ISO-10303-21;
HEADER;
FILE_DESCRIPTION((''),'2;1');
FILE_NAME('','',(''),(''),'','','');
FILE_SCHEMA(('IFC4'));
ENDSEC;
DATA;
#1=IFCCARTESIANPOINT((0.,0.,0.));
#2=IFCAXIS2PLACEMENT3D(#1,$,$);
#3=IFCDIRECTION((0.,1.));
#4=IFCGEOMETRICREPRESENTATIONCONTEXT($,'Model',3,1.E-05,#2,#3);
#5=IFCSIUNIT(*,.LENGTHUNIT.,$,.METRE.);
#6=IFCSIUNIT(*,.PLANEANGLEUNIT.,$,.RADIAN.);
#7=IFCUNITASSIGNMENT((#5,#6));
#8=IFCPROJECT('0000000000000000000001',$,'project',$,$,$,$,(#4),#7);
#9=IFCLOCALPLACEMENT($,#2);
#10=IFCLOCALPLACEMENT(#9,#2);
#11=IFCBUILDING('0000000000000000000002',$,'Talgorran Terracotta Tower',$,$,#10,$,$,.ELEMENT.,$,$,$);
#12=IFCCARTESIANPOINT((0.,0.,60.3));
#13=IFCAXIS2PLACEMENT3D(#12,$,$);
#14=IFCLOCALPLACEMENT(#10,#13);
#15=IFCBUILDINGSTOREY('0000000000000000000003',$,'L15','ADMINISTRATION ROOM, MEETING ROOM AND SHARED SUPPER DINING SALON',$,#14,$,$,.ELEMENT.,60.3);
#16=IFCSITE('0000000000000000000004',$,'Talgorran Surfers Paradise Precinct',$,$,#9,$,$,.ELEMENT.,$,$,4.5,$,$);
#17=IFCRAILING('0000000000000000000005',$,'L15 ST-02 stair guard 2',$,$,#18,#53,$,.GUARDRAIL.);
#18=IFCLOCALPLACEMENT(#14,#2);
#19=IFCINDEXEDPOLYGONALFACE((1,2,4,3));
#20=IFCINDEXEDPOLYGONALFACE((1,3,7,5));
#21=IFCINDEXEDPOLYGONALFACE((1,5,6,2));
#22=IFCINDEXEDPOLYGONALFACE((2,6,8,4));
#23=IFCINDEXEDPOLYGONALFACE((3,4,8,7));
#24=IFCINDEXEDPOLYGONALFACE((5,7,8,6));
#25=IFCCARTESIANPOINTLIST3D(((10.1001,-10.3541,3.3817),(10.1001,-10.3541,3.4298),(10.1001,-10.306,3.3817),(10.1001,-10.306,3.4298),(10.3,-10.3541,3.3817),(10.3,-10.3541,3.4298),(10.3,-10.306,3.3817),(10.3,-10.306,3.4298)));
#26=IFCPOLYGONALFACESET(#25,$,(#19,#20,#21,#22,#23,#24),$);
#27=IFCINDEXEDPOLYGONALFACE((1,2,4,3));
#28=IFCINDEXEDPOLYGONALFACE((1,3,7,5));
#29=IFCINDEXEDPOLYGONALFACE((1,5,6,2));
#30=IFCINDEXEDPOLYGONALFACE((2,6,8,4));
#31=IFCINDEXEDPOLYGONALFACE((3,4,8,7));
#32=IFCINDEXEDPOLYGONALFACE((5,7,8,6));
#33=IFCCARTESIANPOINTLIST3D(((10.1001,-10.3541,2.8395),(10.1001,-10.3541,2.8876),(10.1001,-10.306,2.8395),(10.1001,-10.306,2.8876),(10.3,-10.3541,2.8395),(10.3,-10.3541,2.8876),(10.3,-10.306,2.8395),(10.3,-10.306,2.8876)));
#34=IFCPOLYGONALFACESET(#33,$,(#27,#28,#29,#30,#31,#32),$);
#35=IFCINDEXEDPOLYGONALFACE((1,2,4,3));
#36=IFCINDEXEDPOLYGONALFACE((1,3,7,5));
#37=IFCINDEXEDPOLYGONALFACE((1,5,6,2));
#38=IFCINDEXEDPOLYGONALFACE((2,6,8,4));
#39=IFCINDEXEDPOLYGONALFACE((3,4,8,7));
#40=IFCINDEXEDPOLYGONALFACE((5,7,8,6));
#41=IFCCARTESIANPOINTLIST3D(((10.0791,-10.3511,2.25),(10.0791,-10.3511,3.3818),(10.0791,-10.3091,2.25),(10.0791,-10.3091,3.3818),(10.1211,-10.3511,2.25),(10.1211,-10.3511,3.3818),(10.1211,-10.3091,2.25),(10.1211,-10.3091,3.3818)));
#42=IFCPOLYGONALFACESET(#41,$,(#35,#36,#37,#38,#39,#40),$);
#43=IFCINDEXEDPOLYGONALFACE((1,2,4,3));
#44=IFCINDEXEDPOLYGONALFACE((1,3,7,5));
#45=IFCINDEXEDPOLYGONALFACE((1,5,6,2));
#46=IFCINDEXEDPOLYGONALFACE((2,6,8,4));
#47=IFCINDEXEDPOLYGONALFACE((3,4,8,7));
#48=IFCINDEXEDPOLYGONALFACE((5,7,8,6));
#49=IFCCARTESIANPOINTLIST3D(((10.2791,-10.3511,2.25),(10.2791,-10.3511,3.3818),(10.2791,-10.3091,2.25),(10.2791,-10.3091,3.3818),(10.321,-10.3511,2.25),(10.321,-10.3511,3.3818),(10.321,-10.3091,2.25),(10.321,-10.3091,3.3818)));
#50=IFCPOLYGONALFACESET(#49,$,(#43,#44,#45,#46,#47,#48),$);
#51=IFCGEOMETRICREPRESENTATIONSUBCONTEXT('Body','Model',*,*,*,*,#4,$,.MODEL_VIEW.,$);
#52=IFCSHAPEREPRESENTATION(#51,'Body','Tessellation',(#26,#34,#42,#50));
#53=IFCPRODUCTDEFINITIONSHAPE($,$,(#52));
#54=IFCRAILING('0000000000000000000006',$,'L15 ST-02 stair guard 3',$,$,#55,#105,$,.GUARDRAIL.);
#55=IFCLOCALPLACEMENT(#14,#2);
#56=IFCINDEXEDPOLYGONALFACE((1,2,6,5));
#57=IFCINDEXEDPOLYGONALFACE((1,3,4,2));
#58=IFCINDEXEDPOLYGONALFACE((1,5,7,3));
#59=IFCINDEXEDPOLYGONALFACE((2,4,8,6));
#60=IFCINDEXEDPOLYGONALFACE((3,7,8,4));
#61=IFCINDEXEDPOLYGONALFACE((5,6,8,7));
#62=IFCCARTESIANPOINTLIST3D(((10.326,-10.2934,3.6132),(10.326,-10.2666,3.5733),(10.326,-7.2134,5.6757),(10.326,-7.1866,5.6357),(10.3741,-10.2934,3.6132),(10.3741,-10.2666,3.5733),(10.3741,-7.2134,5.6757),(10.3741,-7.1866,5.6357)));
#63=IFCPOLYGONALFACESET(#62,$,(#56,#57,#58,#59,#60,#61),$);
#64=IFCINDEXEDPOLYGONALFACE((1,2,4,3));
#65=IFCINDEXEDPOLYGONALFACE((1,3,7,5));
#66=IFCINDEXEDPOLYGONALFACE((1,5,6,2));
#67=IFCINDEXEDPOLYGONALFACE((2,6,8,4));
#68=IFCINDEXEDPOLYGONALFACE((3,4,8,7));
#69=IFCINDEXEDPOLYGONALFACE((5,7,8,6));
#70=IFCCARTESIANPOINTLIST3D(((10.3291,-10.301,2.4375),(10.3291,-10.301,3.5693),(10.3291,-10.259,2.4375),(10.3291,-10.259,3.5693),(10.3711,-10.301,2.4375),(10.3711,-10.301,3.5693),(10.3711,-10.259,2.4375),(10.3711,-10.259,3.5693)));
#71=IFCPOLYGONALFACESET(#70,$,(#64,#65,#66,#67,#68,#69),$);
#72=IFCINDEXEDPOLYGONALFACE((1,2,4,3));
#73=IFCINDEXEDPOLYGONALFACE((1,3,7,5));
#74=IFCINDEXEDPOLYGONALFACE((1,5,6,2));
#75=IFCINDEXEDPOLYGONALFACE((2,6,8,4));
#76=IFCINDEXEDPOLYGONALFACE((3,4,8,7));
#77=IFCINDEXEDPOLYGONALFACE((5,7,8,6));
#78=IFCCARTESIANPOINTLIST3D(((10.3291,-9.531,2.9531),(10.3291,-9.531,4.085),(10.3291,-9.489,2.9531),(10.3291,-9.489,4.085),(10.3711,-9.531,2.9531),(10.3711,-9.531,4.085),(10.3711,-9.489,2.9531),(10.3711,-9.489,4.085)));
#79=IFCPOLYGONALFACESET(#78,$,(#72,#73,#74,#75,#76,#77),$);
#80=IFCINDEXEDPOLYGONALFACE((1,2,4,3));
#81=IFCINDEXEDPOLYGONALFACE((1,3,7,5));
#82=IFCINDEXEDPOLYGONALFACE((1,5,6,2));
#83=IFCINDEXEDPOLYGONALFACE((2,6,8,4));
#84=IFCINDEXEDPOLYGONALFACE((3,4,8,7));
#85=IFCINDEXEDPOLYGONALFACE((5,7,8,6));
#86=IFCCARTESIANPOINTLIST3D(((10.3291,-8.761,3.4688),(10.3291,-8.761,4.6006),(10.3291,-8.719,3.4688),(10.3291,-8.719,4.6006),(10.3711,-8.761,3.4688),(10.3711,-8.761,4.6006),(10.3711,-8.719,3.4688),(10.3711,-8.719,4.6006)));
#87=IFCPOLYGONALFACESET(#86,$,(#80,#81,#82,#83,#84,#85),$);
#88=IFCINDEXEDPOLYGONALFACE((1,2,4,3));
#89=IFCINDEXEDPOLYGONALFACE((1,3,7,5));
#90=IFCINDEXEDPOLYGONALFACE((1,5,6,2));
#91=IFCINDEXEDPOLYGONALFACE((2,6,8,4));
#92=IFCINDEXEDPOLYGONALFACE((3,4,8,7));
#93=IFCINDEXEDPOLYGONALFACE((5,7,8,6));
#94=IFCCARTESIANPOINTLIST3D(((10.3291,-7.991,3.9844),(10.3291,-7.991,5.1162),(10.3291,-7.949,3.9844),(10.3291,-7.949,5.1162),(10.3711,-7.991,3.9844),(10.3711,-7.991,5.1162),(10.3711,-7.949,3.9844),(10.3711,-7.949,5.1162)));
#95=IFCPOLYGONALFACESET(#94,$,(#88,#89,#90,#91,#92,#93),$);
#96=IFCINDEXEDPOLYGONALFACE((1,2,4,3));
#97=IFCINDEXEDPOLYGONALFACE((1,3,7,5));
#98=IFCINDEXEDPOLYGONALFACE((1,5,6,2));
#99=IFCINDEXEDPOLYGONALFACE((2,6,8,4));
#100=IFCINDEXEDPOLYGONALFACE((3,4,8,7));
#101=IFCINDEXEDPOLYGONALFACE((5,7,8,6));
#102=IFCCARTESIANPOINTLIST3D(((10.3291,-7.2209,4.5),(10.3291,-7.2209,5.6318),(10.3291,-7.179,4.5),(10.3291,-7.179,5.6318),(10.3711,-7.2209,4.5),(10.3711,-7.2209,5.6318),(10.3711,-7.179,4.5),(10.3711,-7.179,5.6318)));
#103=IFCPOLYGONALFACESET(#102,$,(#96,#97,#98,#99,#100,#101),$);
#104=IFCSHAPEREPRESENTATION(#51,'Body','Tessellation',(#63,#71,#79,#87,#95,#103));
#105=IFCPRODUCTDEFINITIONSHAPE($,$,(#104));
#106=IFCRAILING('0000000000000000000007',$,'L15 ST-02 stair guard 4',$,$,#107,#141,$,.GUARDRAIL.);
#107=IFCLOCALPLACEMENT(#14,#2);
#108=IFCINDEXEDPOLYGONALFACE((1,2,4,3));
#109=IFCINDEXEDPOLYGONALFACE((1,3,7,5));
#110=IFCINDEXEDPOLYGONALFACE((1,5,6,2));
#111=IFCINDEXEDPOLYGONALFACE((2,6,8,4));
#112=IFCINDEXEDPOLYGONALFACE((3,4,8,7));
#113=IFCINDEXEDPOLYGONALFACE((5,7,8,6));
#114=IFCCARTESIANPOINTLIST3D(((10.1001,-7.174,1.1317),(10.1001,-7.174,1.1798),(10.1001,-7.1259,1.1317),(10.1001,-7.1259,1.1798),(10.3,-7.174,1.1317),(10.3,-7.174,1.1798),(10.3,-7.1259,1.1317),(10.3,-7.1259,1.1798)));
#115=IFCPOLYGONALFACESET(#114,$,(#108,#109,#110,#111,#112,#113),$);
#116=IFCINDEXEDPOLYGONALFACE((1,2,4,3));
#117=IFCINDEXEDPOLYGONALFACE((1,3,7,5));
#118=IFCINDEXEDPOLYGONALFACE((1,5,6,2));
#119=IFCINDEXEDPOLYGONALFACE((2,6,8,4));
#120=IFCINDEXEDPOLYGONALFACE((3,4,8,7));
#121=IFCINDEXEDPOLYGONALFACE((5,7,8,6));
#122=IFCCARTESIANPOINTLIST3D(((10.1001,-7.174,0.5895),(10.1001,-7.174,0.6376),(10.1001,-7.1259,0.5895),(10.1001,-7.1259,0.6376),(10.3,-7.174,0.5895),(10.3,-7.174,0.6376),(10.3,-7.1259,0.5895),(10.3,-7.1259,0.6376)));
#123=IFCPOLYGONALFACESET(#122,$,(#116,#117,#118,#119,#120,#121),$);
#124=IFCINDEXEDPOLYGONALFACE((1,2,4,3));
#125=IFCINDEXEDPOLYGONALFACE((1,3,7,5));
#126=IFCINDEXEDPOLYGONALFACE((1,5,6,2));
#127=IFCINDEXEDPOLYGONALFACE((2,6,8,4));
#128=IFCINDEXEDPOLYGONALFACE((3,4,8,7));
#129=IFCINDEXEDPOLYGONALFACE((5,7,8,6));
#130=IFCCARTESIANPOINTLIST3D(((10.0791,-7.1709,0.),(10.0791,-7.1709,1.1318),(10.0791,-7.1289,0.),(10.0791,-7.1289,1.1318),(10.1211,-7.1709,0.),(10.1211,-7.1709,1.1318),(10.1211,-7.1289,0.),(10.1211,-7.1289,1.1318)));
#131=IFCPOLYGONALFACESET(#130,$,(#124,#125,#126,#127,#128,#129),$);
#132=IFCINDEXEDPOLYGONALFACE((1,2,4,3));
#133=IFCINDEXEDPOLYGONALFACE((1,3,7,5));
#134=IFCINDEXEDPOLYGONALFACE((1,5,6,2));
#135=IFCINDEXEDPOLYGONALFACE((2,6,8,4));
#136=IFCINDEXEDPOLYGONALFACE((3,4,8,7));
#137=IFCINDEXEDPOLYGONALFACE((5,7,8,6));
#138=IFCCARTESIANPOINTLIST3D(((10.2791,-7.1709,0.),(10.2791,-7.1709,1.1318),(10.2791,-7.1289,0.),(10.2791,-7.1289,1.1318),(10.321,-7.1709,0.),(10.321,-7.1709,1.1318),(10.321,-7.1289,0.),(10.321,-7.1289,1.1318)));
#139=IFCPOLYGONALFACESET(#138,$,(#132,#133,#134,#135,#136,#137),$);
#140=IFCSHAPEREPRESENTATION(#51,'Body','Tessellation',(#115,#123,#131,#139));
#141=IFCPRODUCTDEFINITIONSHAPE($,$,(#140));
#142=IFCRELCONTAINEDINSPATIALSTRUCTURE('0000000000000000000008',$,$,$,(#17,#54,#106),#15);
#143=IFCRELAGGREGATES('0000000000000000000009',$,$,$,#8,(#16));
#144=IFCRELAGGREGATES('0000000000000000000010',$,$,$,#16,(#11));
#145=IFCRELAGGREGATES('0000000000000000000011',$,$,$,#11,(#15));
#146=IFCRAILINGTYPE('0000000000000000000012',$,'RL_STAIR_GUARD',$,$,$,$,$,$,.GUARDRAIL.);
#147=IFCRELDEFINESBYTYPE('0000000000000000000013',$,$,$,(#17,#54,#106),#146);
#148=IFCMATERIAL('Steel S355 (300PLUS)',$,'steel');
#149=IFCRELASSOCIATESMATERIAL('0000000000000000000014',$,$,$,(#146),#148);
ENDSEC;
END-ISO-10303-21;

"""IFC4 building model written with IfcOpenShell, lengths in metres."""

from ifc_helpers import new_model, si_unit, direction, frame, origin, origin_2d, place, context, subcontext, project, spatial, rectangle, extrude, material, type_object, element, save


model = new_model("IFC4")

# Units and contexts
model_context = context("Model", 3, precision=1e-05, world=origin(), true_north=direction((0.0, 1.0)))
body_context = subcontext(model_context, "Body", "Model", "MODEL_VIEW")
ifc_project = project(units=[si_unit("LENGTHUNIT", "METRE"), si_unit("PLANEANGLEUNIT", "RADIAN")], contexts=[model_context])

# Site, building, storey
site_placement = place(None, origin())
site = spatial("IfcSite", under=ifc_project, at=site_placement, Name="Talgorran Surfers Paradise Precinct", CompositionType="ELEMENT", RefElevation=4.5)
building_placement = place(site_placement, origin())
building = spatial("IfcBuilding", under=site, at=building_placement, Name="Talgorran Terracotta Tower", CompositionType="ELEMENT")
storey_placement = place(building_placement, frame((0.0, 0.0, 60.3)))
storey = spatial("IfcBuildingStorey", under=building, at=storey_placement, Name="L15", Description="ADMINISTRATION ROOM, MEETING ROOM AND SHARED SUPPER DINING SALON", CompositionType="ELEMENT", Elevation=60.3)

# Railings
ifc_material_1 = material(Name="Steel S355 (300PLUS)", Category="steel")
railing_type_1 = type_object("IfcRailingType", Name="RL_STAIR_GUARD", PredefinedType="GUARDRAIL", material=ifc_material_1)
railing_1_placement = place(storey_placement, frame((10.1001, -10.3301, 2.25)))
element("IfcRailing", 1, at=railing_1_placement, inside=storey, type_object=railing_type_1, Name="L15 ST-02 stair guard 2", PredefinedType="GUARDRAIL", context=body_context, shape_type="SweptSolid", body=[
    extrude(rectangle(XDim=0.0481, YDim=0.0481, at=origin_2d()), frame((0.0, 0.0, 1.1558), z_axis=(1.0, 0.0, 0.0), x_axis=(0.0, 1.0, 0.0)), (0.0, 0.0, 1.0), 0.2),
    extrude(rectangle(XDim=0.0481, YDim=0.0481, at=origin_2d()), frame((0.0, 0.0, 0.6135), z_axis=(1.0, 0.0, 0.0), x_axis=(0.0, 1.0, 0.0)), (0.0, 0.0, 1.0), 0.2),
    extrude(rectangle(XDim=0.042, YDim=0.042, at=origin_2d()), origin(), (0.0, 0.0, 1.0), 1.1318),
    extrude(rectangle(XDim=0.042, YDim=0.042, at=origin_2d()), frame((0.2, 0.0, 0.0)), (0.0, 0.0, 1.0), 1.1318),
])
railing_2_placement = place(storey_placement, frame((10.3501, -10.28, 2.4375)))
element("IfcRailing", 2, at=railing_2_placement, inside=storey, type_object=railing_type_1, Name="L15 ST-02 stair guard 3", PredefinedType="GUARDRAIL", context=body_context, shape_type="SweptSolid", body=[
    extrude(rectangle(XDim=0.0481, YDim=0.0481, at=origin_2d()), frame((0.0, 0.0, 1.1558), z_axis=(0.0, 0.830914, 0.556401), x_axis=(-1.0, 0.0, 0.0)), (0.0, 0.0, 1.0), 3.7068),
    extrude(rectangle(XDim=0.042, YDim=0.042, at=origin_2d()), origin(), (0.0, 0.0, 1.0), 1.1318),
    extrude(rectangle(XDim=0.042, YDim=0.042, at=origin_2d()), frame((0.0, 0.77, 0.5156)), (0.0, 0.0, 1.0), 1.1318),
    extrude(rectangle(XDim=0.042, YDim=0.042, at=origin_2d()), frame((0.0, 1.54, 1.0312)), (0.0, 0.0, 1.0), 1.1318),
    extrude(rectangle(XDim=0.042, YDim=0.042, at=origin_2d()), frame((0.0, 2.3101, 1.5469)), (0.0, 0.0, 1.0), 1.1318),
    extrude(rectangle(XDim=0.042, YDim=0.042, at=origin_2d()), frame((0.0, 3.0801, 2.0625)), (0.0, 0.0, 1.0), 1.1318),
])
railing_3_placement = place(storey_placement, frame((10.1001, -7.1499, 0.0)))
element("IfcRailing", 3, at=railing_3_placement, inside=storey, type_object=railing_type_1, Name="L15 ST-02 stair guard 4", PredefinedType="GUARDRAIL", context=body_context, shape_type="SweptSolid", body=[
    extrude(rectangle(XDim=0.0481, YDim=0.0481, at=origin_2d()), frame((0.0, 0.0, 1.1558), z_axis=(1.0, 0.0, 0.0), x_axis=(0.0, 1.0, 0.0)), (0.0, 0.0, 1.0), 0.2),
    extrude(rectangle(XDim=0.0481, YDim=0.0481, at=origin_2d()), frame((0.0, 0.0, 0.6135), z_axis=(1.0, 0.0, 0.0), x_axis=(0.0, 1.0, 0.0)), (0.0, 0.0, 1.0), 0.2),
    extrude(rectangle(XDim=0.042, YDim=0.042, at=origin_2d()), origin(), (0.0, 0.0, 1.0), 1.1318),
    extrude(rectangle(XDim=0.042, YDim=0.042, at=origin_2d()), frame((0.2, 0.0, 0.0)), (0.0, 0.0, 1.0), 1.1318),
])

save(model, "model.ifc")
